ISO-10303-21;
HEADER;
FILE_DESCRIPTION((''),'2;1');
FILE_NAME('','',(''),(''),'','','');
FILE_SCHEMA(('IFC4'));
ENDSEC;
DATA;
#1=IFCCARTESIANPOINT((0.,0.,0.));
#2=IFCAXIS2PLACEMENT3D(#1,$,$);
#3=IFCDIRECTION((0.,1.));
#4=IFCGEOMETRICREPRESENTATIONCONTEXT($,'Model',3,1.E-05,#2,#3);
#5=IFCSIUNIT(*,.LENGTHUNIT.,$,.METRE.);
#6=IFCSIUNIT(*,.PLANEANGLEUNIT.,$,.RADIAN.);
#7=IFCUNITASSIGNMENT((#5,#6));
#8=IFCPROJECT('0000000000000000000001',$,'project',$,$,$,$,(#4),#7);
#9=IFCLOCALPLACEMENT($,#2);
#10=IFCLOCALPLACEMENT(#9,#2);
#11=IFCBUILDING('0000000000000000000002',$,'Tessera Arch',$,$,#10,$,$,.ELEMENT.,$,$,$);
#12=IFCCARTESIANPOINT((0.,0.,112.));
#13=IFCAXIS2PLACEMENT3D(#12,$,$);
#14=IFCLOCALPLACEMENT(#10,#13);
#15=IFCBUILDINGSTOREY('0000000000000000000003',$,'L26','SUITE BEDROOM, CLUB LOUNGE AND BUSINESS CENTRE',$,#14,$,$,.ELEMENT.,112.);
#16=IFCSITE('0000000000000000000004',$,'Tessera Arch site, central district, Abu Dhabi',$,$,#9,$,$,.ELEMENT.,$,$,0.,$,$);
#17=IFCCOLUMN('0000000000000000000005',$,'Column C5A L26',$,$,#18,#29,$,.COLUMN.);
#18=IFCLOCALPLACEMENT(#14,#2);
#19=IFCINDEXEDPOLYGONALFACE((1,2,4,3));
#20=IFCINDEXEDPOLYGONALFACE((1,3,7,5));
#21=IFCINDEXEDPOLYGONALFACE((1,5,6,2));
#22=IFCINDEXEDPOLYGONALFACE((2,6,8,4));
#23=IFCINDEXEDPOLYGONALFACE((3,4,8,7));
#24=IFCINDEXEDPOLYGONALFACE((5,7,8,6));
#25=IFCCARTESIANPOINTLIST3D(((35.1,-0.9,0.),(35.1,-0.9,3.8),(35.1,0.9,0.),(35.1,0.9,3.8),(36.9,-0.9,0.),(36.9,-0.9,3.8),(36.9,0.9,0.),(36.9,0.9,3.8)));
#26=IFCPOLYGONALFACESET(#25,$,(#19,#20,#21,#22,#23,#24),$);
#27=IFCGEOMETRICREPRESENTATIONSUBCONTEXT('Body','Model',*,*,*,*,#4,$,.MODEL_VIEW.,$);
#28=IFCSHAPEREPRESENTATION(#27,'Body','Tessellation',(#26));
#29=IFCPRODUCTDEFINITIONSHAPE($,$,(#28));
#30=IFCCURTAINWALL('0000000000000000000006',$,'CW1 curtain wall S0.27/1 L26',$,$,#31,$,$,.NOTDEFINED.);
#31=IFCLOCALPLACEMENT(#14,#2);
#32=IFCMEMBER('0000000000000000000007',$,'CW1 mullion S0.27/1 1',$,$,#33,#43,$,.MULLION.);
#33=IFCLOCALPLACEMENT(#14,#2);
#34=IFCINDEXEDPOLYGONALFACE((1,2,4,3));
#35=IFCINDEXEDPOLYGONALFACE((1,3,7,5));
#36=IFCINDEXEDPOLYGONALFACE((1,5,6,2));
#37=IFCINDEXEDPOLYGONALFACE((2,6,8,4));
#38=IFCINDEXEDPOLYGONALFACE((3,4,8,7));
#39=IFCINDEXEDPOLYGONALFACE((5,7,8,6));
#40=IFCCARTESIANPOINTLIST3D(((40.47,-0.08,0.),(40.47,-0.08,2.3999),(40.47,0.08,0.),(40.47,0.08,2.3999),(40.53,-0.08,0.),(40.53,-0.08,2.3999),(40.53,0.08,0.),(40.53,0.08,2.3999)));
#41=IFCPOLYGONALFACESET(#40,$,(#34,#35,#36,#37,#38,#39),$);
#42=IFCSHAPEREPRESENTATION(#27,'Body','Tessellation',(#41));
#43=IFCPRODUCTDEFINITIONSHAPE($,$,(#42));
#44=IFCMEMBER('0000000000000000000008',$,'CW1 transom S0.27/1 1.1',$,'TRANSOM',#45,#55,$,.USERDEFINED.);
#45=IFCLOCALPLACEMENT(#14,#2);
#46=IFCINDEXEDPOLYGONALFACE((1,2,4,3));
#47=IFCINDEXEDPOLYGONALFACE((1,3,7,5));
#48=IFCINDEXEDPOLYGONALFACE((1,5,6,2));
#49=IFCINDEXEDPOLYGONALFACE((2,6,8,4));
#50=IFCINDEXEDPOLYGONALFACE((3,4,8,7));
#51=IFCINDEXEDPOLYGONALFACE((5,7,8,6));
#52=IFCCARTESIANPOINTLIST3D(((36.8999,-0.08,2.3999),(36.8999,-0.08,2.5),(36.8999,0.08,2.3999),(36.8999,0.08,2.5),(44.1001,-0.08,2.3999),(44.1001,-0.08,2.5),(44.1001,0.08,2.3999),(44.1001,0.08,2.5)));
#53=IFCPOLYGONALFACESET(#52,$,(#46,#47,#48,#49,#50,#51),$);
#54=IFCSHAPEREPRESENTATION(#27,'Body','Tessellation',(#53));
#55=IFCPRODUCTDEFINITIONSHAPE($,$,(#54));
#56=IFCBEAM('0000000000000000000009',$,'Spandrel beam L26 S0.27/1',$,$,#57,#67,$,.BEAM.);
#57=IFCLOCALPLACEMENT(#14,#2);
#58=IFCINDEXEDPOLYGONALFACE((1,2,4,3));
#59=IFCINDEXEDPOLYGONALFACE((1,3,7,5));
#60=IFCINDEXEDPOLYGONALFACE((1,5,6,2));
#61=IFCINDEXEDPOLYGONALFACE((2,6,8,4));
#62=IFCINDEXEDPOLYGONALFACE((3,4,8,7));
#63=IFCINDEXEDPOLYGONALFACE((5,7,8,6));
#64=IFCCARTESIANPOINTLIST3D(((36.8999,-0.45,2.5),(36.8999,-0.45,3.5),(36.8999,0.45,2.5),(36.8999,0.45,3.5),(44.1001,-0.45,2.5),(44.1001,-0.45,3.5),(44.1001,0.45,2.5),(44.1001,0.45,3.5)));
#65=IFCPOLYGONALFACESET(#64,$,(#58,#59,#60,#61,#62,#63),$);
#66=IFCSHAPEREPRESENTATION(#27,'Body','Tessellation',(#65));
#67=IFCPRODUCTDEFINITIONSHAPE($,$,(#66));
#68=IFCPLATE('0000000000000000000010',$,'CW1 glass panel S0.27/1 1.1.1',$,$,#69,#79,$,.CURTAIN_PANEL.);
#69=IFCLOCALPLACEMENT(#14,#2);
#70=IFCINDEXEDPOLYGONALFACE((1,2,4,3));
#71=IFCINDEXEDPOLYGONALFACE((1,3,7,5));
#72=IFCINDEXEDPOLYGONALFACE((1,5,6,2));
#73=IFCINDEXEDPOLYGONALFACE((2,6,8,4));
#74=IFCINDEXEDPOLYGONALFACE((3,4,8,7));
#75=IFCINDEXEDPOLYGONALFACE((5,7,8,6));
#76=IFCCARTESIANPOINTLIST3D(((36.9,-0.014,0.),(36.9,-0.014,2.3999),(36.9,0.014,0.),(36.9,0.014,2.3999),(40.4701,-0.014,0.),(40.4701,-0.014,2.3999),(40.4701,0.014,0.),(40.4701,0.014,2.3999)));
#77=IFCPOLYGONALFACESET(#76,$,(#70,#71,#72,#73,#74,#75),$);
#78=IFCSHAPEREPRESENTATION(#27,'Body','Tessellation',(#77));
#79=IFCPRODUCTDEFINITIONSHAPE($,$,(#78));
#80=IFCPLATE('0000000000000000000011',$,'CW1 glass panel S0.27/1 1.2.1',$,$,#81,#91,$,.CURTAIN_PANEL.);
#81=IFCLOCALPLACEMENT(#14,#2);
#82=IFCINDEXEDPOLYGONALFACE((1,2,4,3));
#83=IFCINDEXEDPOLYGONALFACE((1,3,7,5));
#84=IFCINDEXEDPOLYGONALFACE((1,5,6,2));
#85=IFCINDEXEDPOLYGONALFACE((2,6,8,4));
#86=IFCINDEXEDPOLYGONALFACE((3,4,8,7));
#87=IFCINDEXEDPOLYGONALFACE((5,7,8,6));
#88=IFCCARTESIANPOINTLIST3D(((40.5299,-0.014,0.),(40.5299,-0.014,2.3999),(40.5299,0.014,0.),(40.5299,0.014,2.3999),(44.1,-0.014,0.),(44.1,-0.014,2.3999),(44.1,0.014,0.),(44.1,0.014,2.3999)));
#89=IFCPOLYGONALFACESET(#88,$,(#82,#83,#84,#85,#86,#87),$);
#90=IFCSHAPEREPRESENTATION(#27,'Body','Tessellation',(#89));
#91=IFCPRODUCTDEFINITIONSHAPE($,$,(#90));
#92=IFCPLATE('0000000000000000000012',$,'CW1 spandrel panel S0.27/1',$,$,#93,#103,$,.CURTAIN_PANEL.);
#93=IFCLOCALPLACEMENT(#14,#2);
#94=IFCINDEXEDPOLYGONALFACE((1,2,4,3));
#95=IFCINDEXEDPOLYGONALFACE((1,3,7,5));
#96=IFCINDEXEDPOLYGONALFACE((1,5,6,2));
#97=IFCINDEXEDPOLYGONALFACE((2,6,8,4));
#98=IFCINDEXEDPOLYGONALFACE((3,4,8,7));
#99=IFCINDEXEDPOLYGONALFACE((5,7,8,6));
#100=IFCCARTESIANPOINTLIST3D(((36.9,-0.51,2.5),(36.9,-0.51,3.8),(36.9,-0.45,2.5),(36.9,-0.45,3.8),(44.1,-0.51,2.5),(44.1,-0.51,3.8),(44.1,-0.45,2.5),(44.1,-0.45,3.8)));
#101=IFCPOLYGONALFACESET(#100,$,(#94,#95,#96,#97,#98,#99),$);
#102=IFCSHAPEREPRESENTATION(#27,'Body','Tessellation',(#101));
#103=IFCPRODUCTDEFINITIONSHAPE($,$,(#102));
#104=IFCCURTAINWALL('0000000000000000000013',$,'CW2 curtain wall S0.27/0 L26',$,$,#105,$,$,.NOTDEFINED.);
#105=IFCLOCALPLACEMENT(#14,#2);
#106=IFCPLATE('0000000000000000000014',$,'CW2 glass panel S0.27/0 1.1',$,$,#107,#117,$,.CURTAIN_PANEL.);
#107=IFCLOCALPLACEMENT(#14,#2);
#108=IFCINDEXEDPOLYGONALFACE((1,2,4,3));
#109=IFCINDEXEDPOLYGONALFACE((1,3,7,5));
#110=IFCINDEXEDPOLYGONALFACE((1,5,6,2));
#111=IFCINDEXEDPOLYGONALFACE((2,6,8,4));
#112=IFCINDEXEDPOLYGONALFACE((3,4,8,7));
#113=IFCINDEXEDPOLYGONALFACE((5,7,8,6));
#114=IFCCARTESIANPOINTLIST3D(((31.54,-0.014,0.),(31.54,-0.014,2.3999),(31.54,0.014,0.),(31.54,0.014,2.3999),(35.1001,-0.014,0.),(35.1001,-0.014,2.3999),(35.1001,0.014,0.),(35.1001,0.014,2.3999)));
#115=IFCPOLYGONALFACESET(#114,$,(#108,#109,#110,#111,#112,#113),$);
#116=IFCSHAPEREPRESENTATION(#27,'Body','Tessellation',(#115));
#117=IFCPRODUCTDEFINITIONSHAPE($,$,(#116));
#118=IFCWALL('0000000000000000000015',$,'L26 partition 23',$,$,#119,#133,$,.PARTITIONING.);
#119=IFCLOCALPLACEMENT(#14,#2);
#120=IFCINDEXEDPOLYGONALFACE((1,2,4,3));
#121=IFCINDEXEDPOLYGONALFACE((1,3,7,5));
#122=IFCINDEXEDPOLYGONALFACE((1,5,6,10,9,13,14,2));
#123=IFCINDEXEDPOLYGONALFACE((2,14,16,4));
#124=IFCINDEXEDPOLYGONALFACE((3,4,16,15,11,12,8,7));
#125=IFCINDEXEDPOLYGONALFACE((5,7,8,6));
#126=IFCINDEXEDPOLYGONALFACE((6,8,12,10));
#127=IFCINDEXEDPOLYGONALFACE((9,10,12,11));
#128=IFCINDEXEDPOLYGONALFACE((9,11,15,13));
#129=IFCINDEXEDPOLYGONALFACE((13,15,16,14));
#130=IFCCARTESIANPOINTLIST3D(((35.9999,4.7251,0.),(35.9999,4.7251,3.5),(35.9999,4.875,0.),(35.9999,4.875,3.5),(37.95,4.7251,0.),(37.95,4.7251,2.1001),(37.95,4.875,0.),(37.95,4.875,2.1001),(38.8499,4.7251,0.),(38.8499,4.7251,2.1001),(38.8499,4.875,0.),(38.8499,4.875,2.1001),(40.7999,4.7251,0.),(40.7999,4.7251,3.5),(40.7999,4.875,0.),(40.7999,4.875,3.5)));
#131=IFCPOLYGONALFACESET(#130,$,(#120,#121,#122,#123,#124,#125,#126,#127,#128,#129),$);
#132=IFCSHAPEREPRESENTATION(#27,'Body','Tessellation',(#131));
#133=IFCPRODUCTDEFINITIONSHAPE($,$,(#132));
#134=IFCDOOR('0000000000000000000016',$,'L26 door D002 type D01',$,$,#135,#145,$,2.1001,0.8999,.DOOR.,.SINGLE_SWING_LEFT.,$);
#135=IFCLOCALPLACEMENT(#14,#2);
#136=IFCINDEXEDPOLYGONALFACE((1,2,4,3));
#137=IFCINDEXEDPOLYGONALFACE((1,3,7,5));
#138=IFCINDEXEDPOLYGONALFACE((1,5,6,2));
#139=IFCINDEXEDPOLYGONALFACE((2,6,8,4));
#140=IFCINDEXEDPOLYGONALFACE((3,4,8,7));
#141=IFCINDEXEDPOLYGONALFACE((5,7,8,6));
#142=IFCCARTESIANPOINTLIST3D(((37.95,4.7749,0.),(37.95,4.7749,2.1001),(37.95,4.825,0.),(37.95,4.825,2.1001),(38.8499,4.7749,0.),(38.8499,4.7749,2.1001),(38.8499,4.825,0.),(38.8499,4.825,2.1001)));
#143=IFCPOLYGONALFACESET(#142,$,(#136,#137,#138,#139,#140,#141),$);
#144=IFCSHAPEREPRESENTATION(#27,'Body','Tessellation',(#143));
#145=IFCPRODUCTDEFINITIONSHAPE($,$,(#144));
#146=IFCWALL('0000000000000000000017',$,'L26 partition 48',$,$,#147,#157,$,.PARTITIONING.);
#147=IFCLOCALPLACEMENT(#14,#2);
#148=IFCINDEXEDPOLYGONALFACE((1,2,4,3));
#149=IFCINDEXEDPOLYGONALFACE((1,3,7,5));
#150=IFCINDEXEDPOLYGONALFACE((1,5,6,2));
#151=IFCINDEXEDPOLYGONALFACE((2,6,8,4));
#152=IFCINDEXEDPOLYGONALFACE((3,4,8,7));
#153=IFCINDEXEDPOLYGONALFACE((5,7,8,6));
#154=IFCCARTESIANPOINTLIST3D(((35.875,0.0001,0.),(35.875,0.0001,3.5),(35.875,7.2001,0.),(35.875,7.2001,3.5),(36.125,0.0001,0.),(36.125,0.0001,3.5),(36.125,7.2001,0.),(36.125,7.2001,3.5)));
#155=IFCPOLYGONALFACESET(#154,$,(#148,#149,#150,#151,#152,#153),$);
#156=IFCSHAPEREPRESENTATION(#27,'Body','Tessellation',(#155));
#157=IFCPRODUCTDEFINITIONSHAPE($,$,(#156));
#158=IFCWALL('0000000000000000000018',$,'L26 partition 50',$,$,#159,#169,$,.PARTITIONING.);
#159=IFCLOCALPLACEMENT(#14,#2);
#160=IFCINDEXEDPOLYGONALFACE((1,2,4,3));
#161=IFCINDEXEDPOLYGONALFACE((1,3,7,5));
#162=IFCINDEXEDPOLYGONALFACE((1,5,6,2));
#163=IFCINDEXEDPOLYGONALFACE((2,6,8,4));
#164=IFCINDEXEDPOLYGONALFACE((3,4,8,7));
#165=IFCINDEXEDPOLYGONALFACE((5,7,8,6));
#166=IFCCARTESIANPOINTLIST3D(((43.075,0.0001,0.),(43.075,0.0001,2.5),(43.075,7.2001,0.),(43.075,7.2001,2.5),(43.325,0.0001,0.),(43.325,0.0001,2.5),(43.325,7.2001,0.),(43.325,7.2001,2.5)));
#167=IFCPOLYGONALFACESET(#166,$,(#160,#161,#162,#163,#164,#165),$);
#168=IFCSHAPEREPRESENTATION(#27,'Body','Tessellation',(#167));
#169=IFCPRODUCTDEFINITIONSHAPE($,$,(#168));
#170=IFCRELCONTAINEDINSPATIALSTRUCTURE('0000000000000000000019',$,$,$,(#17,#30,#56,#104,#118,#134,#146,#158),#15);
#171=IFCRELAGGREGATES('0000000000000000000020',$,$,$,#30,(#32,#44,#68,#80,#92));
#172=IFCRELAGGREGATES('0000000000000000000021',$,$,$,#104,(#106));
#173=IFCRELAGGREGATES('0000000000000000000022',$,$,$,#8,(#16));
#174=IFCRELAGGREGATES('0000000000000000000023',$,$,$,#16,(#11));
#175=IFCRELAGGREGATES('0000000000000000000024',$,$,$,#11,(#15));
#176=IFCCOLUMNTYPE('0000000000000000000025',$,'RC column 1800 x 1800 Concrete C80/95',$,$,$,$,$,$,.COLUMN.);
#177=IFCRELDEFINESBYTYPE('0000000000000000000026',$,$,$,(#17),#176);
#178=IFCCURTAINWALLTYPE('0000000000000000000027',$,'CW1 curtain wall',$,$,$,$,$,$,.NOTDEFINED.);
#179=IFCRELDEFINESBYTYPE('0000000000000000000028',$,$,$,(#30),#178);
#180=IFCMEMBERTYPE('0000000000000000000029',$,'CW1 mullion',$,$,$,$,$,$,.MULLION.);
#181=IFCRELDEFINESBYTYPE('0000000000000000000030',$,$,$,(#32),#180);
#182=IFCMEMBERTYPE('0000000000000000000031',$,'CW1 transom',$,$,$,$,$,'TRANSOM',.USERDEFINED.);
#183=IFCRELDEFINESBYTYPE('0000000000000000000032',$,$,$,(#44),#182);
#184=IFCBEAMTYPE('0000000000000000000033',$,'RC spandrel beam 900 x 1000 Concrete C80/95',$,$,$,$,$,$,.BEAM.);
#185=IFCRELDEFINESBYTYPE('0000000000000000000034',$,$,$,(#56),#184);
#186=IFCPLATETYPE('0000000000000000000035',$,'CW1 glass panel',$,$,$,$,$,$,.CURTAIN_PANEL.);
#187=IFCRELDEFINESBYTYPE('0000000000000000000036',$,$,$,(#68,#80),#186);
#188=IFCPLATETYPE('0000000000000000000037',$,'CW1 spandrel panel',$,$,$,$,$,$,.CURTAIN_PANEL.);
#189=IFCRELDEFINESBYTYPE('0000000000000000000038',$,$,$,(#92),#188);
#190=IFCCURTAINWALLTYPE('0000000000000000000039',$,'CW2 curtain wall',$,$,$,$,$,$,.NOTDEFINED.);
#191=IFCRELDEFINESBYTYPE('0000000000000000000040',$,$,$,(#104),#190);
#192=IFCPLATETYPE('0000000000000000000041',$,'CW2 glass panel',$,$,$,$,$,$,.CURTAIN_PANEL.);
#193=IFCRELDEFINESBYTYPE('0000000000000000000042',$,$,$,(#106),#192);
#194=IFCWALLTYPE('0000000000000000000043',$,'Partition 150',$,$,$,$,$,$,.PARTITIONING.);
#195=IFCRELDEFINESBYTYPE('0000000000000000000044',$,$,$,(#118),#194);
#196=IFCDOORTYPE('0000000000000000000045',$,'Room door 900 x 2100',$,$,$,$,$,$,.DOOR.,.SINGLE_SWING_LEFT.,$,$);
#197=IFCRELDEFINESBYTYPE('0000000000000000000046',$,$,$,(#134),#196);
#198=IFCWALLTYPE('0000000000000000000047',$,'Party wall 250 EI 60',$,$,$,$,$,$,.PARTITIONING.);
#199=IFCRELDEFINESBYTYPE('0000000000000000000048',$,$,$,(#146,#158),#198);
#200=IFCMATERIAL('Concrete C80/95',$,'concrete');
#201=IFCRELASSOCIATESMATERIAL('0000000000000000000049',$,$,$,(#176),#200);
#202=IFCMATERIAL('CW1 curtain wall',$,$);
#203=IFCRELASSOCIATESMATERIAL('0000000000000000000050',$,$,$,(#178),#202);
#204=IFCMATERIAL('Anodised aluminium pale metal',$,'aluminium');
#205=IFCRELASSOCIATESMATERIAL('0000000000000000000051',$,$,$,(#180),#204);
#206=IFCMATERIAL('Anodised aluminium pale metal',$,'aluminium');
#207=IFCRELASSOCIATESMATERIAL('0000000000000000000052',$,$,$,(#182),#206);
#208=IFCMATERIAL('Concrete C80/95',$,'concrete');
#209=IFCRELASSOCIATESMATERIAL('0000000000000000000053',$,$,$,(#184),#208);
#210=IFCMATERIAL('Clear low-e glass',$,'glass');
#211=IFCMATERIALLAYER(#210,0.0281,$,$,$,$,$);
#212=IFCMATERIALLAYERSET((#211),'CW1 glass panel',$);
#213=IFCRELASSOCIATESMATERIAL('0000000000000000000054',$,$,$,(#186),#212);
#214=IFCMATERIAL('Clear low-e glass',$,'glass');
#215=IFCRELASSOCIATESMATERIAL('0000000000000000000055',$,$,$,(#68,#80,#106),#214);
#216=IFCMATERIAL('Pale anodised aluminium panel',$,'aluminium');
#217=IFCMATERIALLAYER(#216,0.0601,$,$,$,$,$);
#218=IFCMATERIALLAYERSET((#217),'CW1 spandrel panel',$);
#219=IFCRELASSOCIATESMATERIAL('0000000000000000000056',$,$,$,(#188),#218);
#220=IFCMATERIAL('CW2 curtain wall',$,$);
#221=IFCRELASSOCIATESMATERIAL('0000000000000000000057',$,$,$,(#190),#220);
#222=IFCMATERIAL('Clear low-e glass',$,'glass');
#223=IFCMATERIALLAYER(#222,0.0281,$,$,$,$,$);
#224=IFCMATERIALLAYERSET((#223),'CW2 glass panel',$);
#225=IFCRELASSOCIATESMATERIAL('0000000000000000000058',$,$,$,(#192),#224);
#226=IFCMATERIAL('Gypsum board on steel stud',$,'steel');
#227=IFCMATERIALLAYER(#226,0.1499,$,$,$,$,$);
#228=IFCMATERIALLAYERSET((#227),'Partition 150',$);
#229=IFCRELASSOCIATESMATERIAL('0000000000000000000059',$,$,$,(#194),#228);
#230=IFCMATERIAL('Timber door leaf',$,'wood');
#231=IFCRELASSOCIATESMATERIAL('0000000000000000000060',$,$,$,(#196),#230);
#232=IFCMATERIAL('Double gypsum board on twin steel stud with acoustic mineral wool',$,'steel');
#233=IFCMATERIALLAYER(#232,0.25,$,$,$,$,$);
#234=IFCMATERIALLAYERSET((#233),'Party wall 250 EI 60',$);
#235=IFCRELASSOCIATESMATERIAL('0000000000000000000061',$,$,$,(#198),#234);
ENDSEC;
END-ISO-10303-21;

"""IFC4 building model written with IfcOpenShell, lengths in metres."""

from ifc_helpers import new_model, si_unit, direction, frame, frame_2d, origin, origin_2d, place, context, subcontext, project, spatial, rectangle, extrude, material, layer, layer_set, material_profile, profile_set, type_object, element, fill, aggregate, save


model = new_model("IFC4")

# Units and contexts
model_context = context("Model", 3, precision=1e-05, world=origin(), true_north=direction((0.0, 1.0)))
body_context = subcontext(model_context, "Body", "Model", "MODEL_VIEW")
ifc_project = project(units=[si_unit("LENGTHUNIT", "METRE"), si_unit("PLANEANGLEUNIT", "RADIAN")], contexts=[model_context])

# Site, building, storey
site_placement = place(None, origin())
site = spatial("IfcSite", under=ifc_project, at=site_placement, Name="Tessera Arch site, central district, Abu Dhabi", CompositionType="ELEMENT", RefElevation=0.0)
building_placement = place(site_placement, origin())
building = spatial("IfcBuilding", under=site, at=building_placement, Name="Tessera Arch", CompositionType="ELEMENT")
storey_placement = place(building_placement, frame((0.0, 0.0, 112.0)))
storey = spatial("IfcBuildingStorey", under=building, at=storey_placement, Name="L26", Description="SUITE BEDROOM, CLUB LOUNGE AND BUSINESS CENTRE", CompositionType="ELEMENT", Elevation=112.0)

# Column
ifc_material_1 = material(Name="Concrete C80/95", Category="concrete")
ifc_material_profile_1 = material_profile(ifc_material_1, rectangle(XDim=1.8, YDim=1.8, at=origin_2d()), Name="RC column 1800 x 1800 Concrete C80/95")
ifc_profile_set_1 = profile_set([ifc_material_profile_1], Name="Concrete C80/95")
column_type = type_object("IfcColumnType", Name="RC column 1800 x 1800 Concrete C80/95", PredefinedType="COLUMN", material=ifc_profile_set_1)
column_placement = place(storey_placement, frame((36.0, 0.0, 0.0), z_axis=(0.0, 0.0, 1.0), x_axis=(1.0, 0.0, 0.0)))
element("IfcColumn", 1, at=column_placement, inside=storey, type_object=column_type, Name="Column C5A L26", PredefinedType="COLUMN", context=body_context, shape_type="SweptSolid", body=[
    extrude(rectangle(XDim=1.8, YDim=1.8, at=origin_2d()), origin(), (0.0, 0.0, 1.0), 3.8),
])

# Curtain wall, members
ifc_material_2 = material(Name="CW1 curtain wall")
curtain_wall_type_1 = type_object("IfcCurtainWallType", Name="CW1 curtain wall", PredefinedType="NOTDEFINED", material=ifc_material_2)
curtain_wall_1_placement = place(storey_placement, origin())
curtain_wall_1 = element("IfcCurtainWall", 2, at=curtain_wall_1_placement, inside=storey, type_object=curtain_wall_type_1, Name="CW1 curtain wall S0.27/1 L26", PredefinedType="NOTDEFINED")
ifc_material_3 = material(Name="Anodised aluminium pale metal", Category="aluminium")
ifc_material_profile_2 = material_profile(ifc_material_3, rectangle(XDim=0.1599, YDim=0.0601, at=origin_2d()), Name="AL 60x160")
ifc_profile_set_2 = profile_set([ifc_material_profile_2], Name="Anodised aluminium pale metal")
member_type_1 = type_object("IfcMemberType", Name="CW1 mullion", PredefinedType="MULLION", material=ifc_profile_set_2)
member_1_placement = place(storey_placement, frame((40.5, 0.0, 0.0), z_axis=(0.0, 0.0, 1.0), x_axis=(0.0, 1.0, 0.0)))
member_1 = element("IfcMember", 3, at=member_1_placement, type_object=member_type_1, Name="CW1 mullion S0.27/1 1", PredefinedType="MULLION", context=body_context, shape_type="SweptSolid", body=[
    extrude(rectangle(XDim=0.1599, YDim=0.0601, at=origin_2d()), origin(), (0.0, 0.0, 1.0), 2.3999),
])
ifc_material_4 = material(Name="Anodised aluminium pale metal", Category="aluminium")
ifc_material_profile_3 = material_profile(ifc_material_4, rectangle(XDim=0.1599, YDim=0.1001, at=origin_2d()), Name="AL 160x100")
ifc_profile_set_3 = profile_set([ifc_material_profile_3], Name="Anodised aluminium pale metal")
member_type_2 = type_object("IfcMemberType", Name="CW1 transom", ElementType="TRANSOM", PredefinedType="USERDEFINED", material=ifc_profile_set_3)
member_2_placement = place(storey_placement, frame((36.8999, 0.0, 2.45), z_axis=(1.0, 0.0, 0.0), x_axis=(0.0, 1.0, 0.0)))
member_2 = element("IfcMember", 4, at=member_2_placement, type_object=member_type_2, Name="CW1 transom S0.27/1 1.1", ObjectType="TRANSOM", PredefinedType="USERDEFINED", context=body_context, shape_type="SweptSolid", body=[
    extrude(rectangle(XDim=0.1599, YDim=0.1001, at=origin_2d()), origin(), (0.0, 0.0, 1.0), 7.2002),
])

# Beam
ifc_material_5 = material(Name="Concrete C80/95", Category="concrete")
ifc_material_profile_4 = material_profile(ifc_material_5, rectangle(XDim=0.8999, YDim=1.0, at=origin_2d()), Name="RC spandrel beam 900 x 1000 Concrete C80/95")
ifc_profile_set_4 = profile_set([ifc_material_profile_4], Name="Concrete C80/95")
beam_type = type_object("IfcBeamType", Name="RC spandrel beam 900 x 1000 Concrete C80/95", PredefinedType="BEAM", material=ifc_profile_set_4)
beam_placement = place(storey_placement, frame((36.8999, 0.0, 3.0), z_axis=(1.0, 0.0, 0.0), x_axis=(0.0, 1.0, 0.0)))
element("IfcBeam", 5, at=beam_placement, inside=storey, type_object=beam_type, Name="Spandrel beam L26 S0.27/1", PredefinedType="BEAM", context=body_context, shape_type="SweptSolid", body=[
    extrude(rectangle(XDim=0.8999, YDim=1.0, at=origin_2d()), origin(), (0.0, 0.0, 1.0), 7.2002),
])

# Plates
ifc_material_6 = material(Name="Clear low-e glass", Category="glass")
ifc_material_7 = material(Name="Clear low-e glass", Category="glass")
ifc_layer_1 = layer(ifc_material_7, 0.0281)
ifc_layer_set_1 = layer_set([ifc_layer_1], Name="CW1 glass panel")
plate_type_1 = type_object("IfcPlateType", Name="CW1 glass panel", PredefinedType="CURTAIN_PANEL", material=ifc_layer_set_1)
plate_1_placement = place(storey_placement, frame((38.6851, 0.0, 0.0), z_axis=(0.0, 0.0, 1.0), x_axis=(1.0, 0.0, 0.0)))
plate_1 = element("IfcPlate", 6, at=plate_1_placement, type_object=plate_type_1, material=ifc_material_6, Name="CW1 glass panel S0.27/1 1.1.1", PredefinedType="CURTAIN_PANEL", context=body_context, shape_type="SweptSolid", body=[
    extrude(rectangle(XDim=3.5701, YDim=0.0281, at=origin_2d()), origin(), (0.0, 0.0, 1.0), 2.3999),
])
plate_2_placement = place(storey_placement, frame((42.3149, 0.0, 0.0), z_axis=(0.0, 0.0, 1.0), x_axis=(1.0, 0.0, 0.0)))
plate_2 = element("IfcPlate", 7, at=plate_2_placement, type_object=plate_type_1, material=ifc_material_6, Name="CW1 glass panel S0.27/1 1.2.1", PredefinedType="CURTAIN_PANEL", context=body_context, shape_type="SweptSolid", body=[
    extrude(rectangle(XDim=3.5701, YDim=0.0281, at=origin_2d()), origin(), (0.0, 0.0, 1.0), 2.3999),
])
ifc_material_8 = material(Name="Pale anodised aluminium panel", Category="aluminium")
ifc_layer_2 = layer(ifc_material_8, 0.0601)
ifc_layer_set_2 = layer_set([ifc_layer_2], Name="CW1 spandrel panel")
plate_type_2 = type_object("IfcPlateType", Name="CW1 spandrel panel", PredefinedType="CURTAIN_PANEL", material=ifc_layer_set_2)
plate_3_placement = place(storey_placement, frame((40.5, -0.48, 2.5), z_axis=(0.0, 0.0, 1.0), x_axis=(1.0, 0.0, 0.0)))
plate_3 = element("IfcPlate", 8, at=plate_3_placement, type_object=plate_type_2, Name="CW1 spandrel panel S0.27/1", PredefinedType="CURTAIN_PANEL", context=body_context, shape_type="SweptSolid", body=[
    extrude(rectangle(XDim=7.2, YDim=0.0601, at=origin_2d()), origin(), (0.0, 0.0, 1.0), 1.3),
])
aggregate(curtain_wall_1, [member_1, member_2, plate_1, plate_2, plate_3])

# Curtain wall, plate
ifc_material_9 = material(Name="CW2 curtain wall")
curtain_wall_type_2 = type_object("IfcCurtainWallType", Name="CW2 curtain wall", PredefinedType="NOTDEFINED", material=ifc_material_9)
curtain_wall_2_placement = place(storey_placement, origin())
curtain_wall_2 = element("IfcCurtainWall", 9, at=curtain_wall_2_placement, inside=storey, type_object=curtain_wall_type_2, Name="CW2 curtain wall S0.27/0 L26", PredefinedType="NOTDEFINED")
ifc_material_10 = material(Name="Clear low-e glass", Category="glass")
ifc_layer_3 = layer(ifc_material_10, 0.0281)
ifc_layer_set_3 = layer_set([ifc_layer_3], Name="CW2 glass panel")
plate_type_3 = type_object("IfcPlateType", Name="CW2 glass panel", PredefinedType="CURTAIN_PANEL", material=ifc_layer_set_3)
plate_4_placement = place(storey_placement, frame((33.3201, 0.0, 0.0), z_axis=(0.0, 0.0, 1.0), x_axis=(1.0, 0.0, 0.0)))
plate_4 = element("IfcPlate", 10, at=plate_4_placement, type_object=plate_type_3, material=ifc_material_6, Name="CW2 glass panel S0.27/0 1.1", PredefinedType="CURTAIN_PANEL", context=body_context, shape_type="SweptSolid", body=[
    extrude(rectangle(XDim=3.5601, YDim=0.0281, at=origin_2d()), origin(), (0.0, 0.0, 1.0), 2.3999),
])
aggregate(curtain_wall_2, [plate_4])

# Wall, opening, door
ifc_material_11 = material(Name="Gypsum board on steel stud", Category="steel")
ifc_layer_4 = layer(ifc_material_11, 0.1499)
ifc_layer_set_4 = layer_set([ifc_layer_4], Name="Partition 150")
wall_type_1 = type_object("IfcWallType", Name="Partition 150", PredefinedType="PARTITIONING", material=ifc_layer_set_4)
wall_1_placement = place(storey_placement, frame((36.0, 4.8, 0.0), z_axis=(0.0, 0.0, 1.0), x_axis=(1.0, 0.0, 0.0)))
wall_1 = element("IfcWall", 11, at=wall_1_placement, inside=storey, type_object=wall_type_1, Name="L26 partition 23", PredefinedType="PARTITIONING", context=body_context, shape_type="SweptSolid", body=[
    extrude(rectangle(XDim=4.8, YDim=0.1499, at=frame_2d((2.3999, 0.0))), origin(), (0.0, 0.0, 1.0), 3.5),
])
opening_placement = place(wall_1_placement, frame((1.95, 0.0, 0.0)))
opening = element("IfcOpeningElement", 12, at=opening_placement, cuts=wall_1, PredefinedType="OPENING", context=body_context, shape_type="SweptSolid", body=[
    extrude(rectangle(XDim=0.8999, YDim=2.1001, at=frame_2d((0.45, 1.05))), frame((0.0, 0.085, 0.0), z_axis=(0.0, -1.0, 0.0), x_axis=(1.0, 0.0, 0.0)), (0.0, 0.0, 1.0), 0.1699),
])
ifc_material_12 = material(Name="Timber door leaf", Category="wood")
door_type = type_object("IfcDoorType", Name="Room door 900 x 2100", OperationType="SINGLE_SWING_LEFT", PredefinedType="DOOR", material=ifc_material_12)
door_placement = place(opening_placement, origin())
door = element("IfcDoor", 13, at=door_placement, inside=storey, type_object=door_type, Name="L26 door D002 type D01", OperationType="SINGLE_SWING_LEFT", OverallHeight=2.1001, OverallWidth=0.8999, PredefinedType="DOOR", context=body_context, shape_type="SweptSolid", body=[
    extrude(rectangle(XDim=0.8999, YDim=2.1001, at=frame_2d((0.45, 1.05))), frame((0.0, 0.0249, 0.0), z_axis=(0.0, -1.0, 0.0), x_axis=(1.0, 0.0, 0.0)), (0.0, 0.0, 1.0), 0.05),
])
fill(opening, door)

# Walls
ifc_material_13 = material(Name="Double gypsum board on twin steel stud with acoustic mineral wool", Category="steel")
ifc_layer_5 = layer(ifc_material_13, 0.25)
ifc_layer_set_5 = layer_set([ifc_layer_5], Name="Party wall 250 EI 60")
wall_type_2 = type_object("IfcWallType", Name="Party wall 250 EI 60", PredefinedType="PARTITIONING", material=ifc_layer_set_5)
wall_2_placement = place(storey_placement, frame((36.0, 0.0, 0.0), z_axis=(0.0, 0.0, 1.0), x_axis=(0.0, 1.0, 0.0)))
element("IfcWall", 14, at=wall_2_placement, inside=storey, type_object=wall_type_2, Name="L26 partition 48", PredefinedType="PARTITIONING", context=body_context, shape_type="SweptSolid", body=[
    extrude(rectangle(XDim=7.2, YDim=0.25, at=frame_2d((3.6001, 0.0))), origin(), (0.0, 0.0, 1.0), 3.5),
])
wall_3_placement = place(storey_placement, frame((43.2, 0.0, 0.0), z_axis=(0.0, 0.0, 1.0), x_axis=(0.0, 1.0, 0.0)))
element("IfcWall", 15, at=wall_3_placement, inside=storey, type_object=wall_type_2, Name="L26 partition 50", PredefinedType="PARTITIONING", context=body_context, shape_type="SweptSolid", body=[
    extrude(rectangle(XDim=7.2, YDim=0.25, at=frame_2d((3.6001, 0.0))), origin(), (0.0, 0.0, 1.0), 2.5),
])

save(model, "model.ifc")
